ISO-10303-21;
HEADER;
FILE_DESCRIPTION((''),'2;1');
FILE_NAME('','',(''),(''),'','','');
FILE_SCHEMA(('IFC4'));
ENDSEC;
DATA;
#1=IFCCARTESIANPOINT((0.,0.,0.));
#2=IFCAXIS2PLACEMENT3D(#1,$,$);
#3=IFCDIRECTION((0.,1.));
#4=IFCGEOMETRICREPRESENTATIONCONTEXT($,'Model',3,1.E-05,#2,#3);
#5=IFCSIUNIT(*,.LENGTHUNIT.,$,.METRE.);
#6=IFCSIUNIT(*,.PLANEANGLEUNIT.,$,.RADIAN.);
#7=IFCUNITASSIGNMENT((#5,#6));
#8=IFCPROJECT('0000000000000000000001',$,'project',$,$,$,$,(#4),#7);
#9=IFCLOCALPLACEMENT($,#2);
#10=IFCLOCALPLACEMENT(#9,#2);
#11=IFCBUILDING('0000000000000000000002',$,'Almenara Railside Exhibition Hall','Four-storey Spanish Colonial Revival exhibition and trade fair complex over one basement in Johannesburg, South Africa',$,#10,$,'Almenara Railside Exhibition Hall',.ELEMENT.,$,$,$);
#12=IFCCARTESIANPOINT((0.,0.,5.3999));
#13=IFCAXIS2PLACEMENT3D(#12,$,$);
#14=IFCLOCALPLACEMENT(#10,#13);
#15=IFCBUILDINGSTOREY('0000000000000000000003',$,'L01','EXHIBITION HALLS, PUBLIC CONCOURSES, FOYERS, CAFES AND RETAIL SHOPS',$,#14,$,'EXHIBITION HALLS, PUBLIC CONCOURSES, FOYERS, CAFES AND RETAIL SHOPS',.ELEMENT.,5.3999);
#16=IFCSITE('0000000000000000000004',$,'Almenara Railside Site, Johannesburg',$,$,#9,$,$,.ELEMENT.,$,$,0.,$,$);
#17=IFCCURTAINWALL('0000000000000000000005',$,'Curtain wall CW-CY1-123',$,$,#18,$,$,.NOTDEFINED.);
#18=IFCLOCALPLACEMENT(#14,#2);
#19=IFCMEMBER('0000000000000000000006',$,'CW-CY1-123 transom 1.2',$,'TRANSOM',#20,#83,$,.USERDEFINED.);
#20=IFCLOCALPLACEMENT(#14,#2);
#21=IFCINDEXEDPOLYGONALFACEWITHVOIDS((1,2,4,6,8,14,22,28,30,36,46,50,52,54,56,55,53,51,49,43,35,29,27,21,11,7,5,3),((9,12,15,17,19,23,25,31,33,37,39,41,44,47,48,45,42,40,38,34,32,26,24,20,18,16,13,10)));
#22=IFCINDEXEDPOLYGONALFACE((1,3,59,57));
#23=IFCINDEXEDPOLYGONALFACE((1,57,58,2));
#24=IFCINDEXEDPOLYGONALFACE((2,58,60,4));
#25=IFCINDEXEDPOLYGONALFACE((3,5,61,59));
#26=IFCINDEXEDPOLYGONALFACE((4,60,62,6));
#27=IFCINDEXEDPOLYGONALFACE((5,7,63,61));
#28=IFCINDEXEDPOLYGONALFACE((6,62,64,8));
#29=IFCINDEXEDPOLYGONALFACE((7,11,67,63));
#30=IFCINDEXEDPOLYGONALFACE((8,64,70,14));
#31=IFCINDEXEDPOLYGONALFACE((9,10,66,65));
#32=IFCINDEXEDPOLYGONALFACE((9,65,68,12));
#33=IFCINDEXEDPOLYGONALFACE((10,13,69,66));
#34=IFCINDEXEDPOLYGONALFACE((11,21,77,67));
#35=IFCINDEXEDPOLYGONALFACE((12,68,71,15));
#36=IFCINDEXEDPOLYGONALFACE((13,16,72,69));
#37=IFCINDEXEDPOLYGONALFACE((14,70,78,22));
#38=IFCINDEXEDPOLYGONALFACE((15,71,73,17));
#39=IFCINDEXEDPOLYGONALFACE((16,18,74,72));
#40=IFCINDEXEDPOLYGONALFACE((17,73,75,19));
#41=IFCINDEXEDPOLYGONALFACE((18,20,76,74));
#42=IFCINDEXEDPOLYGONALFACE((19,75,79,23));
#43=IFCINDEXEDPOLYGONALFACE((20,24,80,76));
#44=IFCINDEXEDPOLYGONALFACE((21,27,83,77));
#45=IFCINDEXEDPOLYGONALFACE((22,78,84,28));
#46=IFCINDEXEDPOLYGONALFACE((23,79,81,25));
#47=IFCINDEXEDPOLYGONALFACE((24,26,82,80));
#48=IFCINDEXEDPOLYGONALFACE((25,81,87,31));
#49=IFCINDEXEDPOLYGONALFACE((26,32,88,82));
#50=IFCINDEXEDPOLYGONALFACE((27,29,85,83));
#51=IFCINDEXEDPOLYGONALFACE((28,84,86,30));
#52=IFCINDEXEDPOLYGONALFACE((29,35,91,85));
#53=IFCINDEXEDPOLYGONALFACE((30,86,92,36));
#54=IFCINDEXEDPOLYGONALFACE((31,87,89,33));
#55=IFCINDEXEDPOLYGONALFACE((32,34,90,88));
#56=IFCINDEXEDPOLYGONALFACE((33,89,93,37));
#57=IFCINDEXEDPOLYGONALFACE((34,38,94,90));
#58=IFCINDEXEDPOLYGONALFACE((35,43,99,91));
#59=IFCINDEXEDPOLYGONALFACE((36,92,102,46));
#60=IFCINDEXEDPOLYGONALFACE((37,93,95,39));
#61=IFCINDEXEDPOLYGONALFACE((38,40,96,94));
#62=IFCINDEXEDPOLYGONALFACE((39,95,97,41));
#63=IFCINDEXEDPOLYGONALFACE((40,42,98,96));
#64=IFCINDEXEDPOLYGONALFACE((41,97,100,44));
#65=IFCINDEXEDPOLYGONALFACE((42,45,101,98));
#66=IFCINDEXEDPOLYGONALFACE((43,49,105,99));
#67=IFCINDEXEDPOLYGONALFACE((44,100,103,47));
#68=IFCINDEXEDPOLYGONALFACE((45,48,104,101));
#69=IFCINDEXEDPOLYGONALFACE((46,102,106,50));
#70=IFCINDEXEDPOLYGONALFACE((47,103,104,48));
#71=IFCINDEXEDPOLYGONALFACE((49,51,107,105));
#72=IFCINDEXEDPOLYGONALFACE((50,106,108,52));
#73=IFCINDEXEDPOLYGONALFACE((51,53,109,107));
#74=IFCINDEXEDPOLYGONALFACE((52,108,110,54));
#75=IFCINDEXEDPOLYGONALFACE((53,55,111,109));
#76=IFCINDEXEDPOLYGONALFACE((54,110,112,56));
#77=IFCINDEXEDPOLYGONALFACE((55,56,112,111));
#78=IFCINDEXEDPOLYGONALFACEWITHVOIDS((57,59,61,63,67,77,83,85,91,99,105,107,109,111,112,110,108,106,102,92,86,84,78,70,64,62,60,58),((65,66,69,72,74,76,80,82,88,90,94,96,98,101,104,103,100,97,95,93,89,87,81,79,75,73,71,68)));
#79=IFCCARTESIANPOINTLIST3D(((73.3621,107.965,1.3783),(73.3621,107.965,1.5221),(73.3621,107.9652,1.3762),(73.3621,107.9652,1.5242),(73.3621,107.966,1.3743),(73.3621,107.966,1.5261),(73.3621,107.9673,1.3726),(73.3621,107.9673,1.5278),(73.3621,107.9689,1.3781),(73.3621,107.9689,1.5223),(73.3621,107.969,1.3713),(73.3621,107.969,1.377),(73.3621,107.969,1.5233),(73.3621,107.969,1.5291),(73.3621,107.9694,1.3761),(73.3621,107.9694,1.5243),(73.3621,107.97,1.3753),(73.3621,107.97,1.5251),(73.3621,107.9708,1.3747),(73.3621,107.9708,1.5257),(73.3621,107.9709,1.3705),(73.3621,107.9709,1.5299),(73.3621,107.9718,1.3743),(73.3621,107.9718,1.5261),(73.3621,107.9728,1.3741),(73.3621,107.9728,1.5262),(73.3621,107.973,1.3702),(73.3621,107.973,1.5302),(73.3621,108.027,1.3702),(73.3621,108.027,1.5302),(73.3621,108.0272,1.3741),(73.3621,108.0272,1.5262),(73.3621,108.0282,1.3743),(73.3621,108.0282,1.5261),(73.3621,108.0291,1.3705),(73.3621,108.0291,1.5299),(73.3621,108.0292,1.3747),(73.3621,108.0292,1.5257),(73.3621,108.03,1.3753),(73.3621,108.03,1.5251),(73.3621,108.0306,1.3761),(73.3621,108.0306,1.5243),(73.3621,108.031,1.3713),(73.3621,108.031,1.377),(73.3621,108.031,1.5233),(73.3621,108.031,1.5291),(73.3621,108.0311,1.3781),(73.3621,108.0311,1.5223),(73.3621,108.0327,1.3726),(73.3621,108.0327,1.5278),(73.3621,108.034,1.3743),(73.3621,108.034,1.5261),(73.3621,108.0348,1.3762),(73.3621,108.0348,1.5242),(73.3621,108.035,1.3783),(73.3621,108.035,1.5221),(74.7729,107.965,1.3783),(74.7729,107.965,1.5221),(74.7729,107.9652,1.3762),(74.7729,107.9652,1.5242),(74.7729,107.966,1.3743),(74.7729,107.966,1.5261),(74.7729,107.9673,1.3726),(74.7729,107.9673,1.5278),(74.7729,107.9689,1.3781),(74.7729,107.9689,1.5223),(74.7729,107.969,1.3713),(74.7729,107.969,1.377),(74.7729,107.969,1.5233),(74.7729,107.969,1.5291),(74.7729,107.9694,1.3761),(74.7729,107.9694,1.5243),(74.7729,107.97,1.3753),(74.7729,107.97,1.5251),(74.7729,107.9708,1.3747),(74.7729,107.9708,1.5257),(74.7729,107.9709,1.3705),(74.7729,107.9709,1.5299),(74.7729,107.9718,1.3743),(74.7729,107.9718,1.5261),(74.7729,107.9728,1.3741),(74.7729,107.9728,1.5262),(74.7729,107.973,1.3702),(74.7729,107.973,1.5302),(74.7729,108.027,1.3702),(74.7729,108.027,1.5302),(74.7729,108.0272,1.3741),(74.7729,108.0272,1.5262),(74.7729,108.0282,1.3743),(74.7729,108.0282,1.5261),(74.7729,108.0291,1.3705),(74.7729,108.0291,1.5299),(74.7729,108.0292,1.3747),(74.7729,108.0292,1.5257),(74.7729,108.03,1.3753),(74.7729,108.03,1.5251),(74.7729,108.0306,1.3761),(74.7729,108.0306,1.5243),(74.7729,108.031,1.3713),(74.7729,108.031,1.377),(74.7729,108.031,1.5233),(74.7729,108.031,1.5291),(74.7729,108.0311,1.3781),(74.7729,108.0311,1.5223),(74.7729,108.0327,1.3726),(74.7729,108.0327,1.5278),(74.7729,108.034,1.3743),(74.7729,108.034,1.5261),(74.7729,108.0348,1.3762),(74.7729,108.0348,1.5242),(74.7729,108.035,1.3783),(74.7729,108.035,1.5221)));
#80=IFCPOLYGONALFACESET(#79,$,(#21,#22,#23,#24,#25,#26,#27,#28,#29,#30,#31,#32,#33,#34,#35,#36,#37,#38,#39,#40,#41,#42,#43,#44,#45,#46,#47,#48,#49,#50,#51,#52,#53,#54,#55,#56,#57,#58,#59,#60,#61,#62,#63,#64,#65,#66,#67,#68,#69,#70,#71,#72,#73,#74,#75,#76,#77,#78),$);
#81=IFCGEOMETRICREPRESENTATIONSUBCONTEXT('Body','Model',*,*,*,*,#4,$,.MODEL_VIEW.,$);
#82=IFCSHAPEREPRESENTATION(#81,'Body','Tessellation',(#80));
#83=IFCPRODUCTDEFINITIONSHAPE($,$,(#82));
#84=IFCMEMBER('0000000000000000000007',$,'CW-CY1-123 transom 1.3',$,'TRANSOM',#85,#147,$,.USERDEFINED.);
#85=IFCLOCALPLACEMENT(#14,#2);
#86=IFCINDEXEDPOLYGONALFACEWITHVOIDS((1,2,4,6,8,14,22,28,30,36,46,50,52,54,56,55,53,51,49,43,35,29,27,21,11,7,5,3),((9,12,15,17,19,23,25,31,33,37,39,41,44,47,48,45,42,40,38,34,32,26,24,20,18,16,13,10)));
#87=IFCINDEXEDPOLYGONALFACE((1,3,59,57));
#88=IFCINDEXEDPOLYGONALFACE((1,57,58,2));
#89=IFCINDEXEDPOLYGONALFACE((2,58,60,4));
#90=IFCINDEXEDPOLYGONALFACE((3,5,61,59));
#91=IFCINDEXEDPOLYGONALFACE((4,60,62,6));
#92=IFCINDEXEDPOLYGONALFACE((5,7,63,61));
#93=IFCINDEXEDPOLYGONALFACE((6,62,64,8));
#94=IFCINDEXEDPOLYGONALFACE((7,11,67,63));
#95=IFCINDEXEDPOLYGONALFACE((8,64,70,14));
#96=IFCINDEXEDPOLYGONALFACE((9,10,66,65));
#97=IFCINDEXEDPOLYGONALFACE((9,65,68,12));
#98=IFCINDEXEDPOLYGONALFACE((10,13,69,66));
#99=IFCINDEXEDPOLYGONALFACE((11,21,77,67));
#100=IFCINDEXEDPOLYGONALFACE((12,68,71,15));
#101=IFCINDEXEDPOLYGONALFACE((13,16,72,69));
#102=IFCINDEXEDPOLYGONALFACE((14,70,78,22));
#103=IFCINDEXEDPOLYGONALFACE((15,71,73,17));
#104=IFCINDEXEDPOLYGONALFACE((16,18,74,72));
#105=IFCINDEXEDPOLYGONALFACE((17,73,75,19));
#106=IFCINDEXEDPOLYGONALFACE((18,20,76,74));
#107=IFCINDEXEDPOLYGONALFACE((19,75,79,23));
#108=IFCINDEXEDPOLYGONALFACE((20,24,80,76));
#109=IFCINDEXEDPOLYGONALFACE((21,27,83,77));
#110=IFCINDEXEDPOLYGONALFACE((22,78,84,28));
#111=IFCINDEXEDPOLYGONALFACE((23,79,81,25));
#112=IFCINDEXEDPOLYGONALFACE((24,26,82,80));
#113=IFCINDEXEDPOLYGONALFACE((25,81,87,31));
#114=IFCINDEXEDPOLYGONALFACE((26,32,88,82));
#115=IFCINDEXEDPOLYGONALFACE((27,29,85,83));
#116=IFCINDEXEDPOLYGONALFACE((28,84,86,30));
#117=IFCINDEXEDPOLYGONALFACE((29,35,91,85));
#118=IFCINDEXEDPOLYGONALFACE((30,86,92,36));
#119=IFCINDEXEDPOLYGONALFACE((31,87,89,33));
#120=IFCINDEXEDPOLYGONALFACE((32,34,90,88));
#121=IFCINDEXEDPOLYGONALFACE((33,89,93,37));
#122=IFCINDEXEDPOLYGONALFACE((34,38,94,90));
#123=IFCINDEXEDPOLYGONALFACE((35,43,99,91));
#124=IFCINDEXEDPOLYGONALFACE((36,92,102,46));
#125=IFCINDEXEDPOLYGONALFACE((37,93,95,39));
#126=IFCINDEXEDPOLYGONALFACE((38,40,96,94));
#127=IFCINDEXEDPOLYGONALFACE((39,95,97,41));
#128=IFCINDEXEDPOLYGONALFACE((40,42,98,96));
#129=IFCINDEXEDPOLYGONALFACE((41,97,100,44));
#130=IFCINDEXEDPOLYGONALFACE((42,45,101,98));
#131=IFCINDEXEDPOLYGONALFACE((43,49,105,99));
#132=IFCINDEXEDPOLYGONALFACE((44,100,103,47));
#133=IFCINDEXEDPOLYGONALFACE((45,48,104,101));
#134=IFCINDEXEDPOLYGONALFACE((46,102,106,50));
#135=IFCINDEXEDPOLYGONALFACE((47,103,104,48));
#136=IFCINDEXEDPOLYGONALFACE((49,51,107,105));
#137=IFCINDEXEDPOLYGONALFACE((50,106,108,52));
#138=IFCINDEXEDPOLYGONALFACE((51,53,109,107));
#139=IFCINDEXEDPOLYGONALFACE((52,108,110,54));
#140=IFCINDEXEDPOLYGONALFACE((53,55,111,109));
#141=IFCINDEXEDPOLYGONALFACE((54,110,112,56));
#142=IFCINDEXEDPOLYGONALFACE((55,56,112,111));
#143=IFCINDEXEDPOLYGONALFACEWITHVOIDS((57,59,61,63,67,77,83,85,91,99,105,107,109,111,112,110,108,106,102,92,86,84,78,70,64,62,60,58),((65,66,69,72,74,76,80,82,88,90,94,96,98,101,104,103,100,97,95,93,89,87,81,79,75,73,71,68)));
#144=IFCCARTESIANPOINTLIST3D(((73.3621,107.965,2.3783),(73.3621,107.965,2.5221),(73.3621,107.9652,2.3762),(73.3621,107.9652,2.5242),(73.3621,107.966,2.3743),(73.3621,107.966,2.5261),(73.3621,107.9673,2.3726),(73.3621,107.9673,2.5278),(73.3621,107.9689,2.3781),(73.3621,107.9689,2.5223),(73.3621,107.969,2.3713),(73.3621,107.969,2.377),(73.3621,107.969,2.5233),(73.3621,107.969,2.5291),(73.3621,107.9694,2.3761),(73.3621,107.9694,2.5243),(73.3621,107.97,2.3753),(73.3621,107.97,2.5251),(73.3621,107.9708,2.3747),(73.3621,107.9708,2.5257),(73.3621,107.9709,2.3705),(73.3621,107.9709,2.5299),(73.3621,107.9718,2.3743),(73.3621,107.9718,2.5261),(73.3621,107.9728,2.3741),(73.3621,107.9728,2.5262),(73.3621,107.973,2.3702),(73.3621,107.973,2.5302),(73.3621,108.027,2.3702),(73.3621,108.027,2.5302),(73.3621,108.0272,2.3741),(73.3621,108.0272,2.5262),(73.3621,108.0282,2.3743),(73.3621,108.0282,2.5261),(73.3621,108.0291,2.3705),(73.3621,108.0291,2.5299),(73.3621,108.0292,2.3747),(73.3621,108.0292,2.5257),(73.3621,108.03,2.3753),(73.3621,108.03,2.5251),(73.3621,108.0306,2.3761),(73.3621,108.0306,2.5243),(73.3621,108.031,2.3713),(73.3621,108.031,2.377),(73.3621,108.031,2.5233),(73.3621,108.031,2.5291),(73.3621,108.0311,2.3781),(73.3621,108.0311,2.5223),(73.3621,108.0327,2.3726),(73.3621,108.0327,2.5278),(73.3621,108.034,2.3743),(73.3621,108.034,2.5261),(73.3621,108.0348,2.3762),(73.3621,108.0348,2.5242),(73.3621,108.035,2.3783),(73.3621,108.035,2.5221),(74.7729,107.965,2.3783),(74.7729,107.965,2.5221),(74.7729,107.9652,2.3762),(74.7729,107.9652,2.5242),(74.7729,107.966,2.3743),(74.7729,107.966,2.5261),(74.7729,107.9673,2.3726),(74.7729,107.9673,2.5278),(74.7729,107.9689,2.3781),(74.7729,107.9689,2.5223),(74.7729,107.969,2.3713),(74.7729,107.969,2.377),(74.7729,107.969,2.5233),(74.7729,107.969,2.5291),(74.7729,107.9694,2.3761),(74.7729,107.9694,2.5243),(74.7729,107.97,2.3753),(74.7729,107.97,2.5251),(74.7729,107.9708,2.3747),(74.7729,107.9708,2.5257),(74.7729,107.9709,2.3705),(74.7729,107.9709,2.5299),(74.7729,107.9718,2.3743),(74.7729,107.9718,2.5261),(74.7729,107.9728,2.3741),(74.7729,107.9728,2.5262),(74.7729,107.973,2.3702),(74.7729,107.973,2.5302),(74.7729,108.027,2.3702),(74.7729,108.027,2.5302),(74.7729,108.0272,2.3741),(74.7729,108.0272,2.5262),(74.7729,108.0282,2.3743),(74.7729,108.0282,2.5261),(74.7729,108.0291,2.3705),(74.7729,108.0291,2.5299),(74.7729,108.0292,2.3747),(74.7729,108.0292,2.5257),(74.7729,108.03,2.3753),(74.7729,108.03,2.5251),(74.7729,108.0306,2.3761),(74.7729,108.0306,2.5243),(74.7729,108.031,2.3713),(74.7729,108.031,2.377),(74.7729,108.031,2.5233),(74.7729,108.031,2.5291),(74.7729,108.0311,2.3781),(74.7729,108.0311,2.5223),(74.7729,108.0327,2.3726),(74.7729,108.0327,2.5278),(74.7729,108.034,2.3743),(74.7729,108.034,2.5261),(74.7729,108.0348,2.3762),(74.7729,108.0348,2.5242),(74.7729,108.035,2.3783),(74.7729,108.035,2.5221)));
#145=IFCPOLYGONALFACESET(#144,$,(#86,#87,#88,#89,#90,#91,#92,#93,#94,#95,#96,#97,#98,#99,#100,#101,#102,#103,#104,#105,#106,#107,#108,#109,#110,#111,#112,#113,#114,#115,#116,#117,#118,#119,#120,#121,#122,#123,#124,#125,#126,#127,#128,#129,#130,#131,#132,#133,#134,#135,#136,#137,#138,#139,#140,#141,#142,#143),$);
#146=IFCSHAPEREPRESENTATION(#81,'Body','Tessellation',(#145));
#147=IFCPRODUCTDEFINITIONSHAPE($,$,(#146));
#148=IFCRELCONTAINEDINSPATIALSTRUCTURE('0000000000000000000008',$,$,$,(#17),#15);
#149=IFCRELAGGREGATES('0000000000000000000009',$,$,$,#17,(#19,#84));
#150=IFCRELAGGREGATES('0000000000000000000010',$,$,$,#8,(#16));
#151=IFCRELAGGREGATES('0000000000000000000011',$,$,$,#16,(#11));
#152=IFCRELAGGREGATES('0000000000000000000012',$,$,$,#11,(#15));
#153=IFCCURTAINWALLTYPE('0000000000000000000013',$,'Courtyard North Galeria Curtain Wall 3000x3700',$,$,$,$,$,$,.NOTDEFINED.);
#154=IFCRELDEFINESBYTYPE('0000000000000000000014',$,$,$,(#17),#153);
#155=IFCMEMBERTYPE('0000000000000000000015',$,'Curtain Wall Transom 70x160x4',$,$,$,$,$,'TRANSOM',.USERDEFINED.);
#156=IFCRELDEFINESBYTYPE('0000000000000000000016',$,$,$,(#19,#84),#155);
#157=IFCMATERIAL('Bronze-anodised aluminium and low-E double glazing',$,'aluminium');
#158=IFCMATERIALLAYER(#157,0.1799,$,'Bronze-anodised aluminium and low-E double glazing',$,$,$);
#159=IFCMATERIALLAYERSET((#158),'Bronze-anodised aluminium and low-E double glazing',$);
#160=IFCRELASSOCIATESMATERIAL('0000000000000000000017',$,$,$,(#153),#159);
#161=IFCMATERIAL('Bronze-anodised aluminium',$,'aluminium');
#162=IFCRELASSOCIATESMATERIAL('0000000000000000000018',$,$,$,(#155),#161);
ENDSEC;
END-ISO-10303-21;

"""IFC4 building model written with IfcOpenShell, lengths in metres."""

from ifc_helpers import new_model, si_unit, direction, frame, origin, origin_2d, place, context, subcontext, project, spatial, hollow_rectangle, extrude, material, layer, layer_set, material_profile, profile_set, type_object, element, aggregate, save


model = new_model("IFC4")

# Units and contexts
model_context = context("Model", 3, precision=1e-05, world=origin(), true_north=direction((0.0, 1.0)))
body_context = subcontext(model_context, "Body", "Model", "MODEL_VIEW")
ifc_project = project(units=[si_unit("LENGTHUNIT", "METRE"), si_unit("PLANEANGLEUNIT", "RADIAN")], contexts=[model_context])

# Site, building, storey
site_placement = place(None, origin())
site = spatial("IfcSite", under=ifc_project, at=site_placement, Name="Almenara Railside Site, Johannesburg", CompositionType="ELEMENT", RefElevation=0.0)
building_placement = place(site_placement, origin())
building = spatial("IfcBuilding", under=site, at=building_placement, Name="Almenara Railside Exhibition Hall", Description="Four-storey Spanish Colonial Revival exhibition and trade fair complex over one basement in Johannesburg, South Africa", LongName="Almenara Railside Exhibition Hall", CompositionType="ELEMENT")
storey_placement = place(building_placement, frame((0.0, 0.0, 5.3999)))
storey = spatial("IfcBuildingStorey", under=building, at=storey_placement, Name="L01", Description="EXHIBITION HALLS, PUBLIC CONCOURSES, FOYERS, CAFES AND RETAIL SHOPS", LongName="EXHIBITION HALLS, PUBLIC CONCOURSES, FOYERS, CAFES AND RETAIL SHOPS", CompositionType="ELEMENT", Elevation=5.3999)

# Shared definitions
ifc_material_1 = material(Name="Bronze-anodised aluminium and low-E double glazing", Category="aluminium")
ifc_layer_1 = layer(ifc_material_1, 0.1799, Name="Bronze-anodised aluminium and low-E double glazing")
ifc_layer_set_1 = layer_set([ifc_layer_1], Name="Bronze-anodised aluminium and low-E double glazing")
curtain_wall_type = type_object("IfcCurtainWallType", Name="Courtyard North Galeria Curtain Wall 3000x3700", PredefinedType="NOTDEFINED", material=ifc_layer_set_1)
ifc_material_2 = material(Name="Bronze-anodised aluminium", Category="aluminium")

# Curtain wall, members
curtain_wall_1_placement = place(storey_placement, origin())
curtain_wall_1 = element("IfcCurtainWall", 1, at=curtain_wall_1_placement, inside=storey, type_object=curtain_wall_type, Name="Curtain wall CW-CY1-123", PredefinedType="NOTDEFINED")
ifc_material_profile_1 = material_profile(ifc_material_2, hollow_rectangle(XDim=0.0701, YDim=0.1599, WallThickness=0.0039, InnerFilletRadius=0.0039, OuterFilletRadius=0.0081, at=origin_2d()), Name="ALU-TRN 70x160x4")
ifc_profile_set_1 = profile_set([ifc_material_profile_1], Name="Bronze-anodised aluminium")
member_type_1 = type_object("IfcMemberType", Name="Curtain Wall Transom 70x160x4", ElementType="TRANSOM", PredefinedType="USERDEFINED", material=ifc_profile_set_1)
member_1_placement = place(storey_placement, frame((73.3621, 108.0, 1.4502), z_axis=(1.0, 0.0, 0.0), x_axis=(0.0, 1.0, 0.0)))
member_1 = element("IfcMember", 2, at=member_1_placement, type_object=member_type_1, Name="CW-CY1-123 transom 1.2", ObjectType="TRANSOM", PredefinedType="USERDEFINED", context=body_context, shape_type="SweptSolid", body=[
    extrude(hollow_rectangle(XDim=0.0701, YDim=0.1599, WallThickness=0.0039, InnerFilletRadius=0.0039, OuterFilletRadius=0.0081, at=origin_2d()), origin(), (0.0, 0.0, 1.0), 1.4109),
])
member_2_placement = place(storey_placement, frame((73.3621, 108.0, 2.4502), z_axis=(1.0, 0.0, 0.0), x_axis=(0.0, 1.0, 0.0)))
member_2 = element("IfcMember", 3, at=member_2_placement, type_object=member_type_1, Name="CW-CY1-123 transom 1.3", ObjectType="TRANSOM", PredefinedType="USERDEFINED", context=body_context, shape_type="SweptSolid", body=[
    extrude(hollow_rectangle(XDim=0.0701, YDim=0.1599, WallThickness=0.0039, InnerFilletRadius=0.0039, OuterFilletRadius=0.0081, at=origin_2d()), origin(), (0.0, 0.0, 1.0), 1.4109),
])

aggregate(curtain_wall_1, [member_1, member_2])

save(model, "model.ifc")
